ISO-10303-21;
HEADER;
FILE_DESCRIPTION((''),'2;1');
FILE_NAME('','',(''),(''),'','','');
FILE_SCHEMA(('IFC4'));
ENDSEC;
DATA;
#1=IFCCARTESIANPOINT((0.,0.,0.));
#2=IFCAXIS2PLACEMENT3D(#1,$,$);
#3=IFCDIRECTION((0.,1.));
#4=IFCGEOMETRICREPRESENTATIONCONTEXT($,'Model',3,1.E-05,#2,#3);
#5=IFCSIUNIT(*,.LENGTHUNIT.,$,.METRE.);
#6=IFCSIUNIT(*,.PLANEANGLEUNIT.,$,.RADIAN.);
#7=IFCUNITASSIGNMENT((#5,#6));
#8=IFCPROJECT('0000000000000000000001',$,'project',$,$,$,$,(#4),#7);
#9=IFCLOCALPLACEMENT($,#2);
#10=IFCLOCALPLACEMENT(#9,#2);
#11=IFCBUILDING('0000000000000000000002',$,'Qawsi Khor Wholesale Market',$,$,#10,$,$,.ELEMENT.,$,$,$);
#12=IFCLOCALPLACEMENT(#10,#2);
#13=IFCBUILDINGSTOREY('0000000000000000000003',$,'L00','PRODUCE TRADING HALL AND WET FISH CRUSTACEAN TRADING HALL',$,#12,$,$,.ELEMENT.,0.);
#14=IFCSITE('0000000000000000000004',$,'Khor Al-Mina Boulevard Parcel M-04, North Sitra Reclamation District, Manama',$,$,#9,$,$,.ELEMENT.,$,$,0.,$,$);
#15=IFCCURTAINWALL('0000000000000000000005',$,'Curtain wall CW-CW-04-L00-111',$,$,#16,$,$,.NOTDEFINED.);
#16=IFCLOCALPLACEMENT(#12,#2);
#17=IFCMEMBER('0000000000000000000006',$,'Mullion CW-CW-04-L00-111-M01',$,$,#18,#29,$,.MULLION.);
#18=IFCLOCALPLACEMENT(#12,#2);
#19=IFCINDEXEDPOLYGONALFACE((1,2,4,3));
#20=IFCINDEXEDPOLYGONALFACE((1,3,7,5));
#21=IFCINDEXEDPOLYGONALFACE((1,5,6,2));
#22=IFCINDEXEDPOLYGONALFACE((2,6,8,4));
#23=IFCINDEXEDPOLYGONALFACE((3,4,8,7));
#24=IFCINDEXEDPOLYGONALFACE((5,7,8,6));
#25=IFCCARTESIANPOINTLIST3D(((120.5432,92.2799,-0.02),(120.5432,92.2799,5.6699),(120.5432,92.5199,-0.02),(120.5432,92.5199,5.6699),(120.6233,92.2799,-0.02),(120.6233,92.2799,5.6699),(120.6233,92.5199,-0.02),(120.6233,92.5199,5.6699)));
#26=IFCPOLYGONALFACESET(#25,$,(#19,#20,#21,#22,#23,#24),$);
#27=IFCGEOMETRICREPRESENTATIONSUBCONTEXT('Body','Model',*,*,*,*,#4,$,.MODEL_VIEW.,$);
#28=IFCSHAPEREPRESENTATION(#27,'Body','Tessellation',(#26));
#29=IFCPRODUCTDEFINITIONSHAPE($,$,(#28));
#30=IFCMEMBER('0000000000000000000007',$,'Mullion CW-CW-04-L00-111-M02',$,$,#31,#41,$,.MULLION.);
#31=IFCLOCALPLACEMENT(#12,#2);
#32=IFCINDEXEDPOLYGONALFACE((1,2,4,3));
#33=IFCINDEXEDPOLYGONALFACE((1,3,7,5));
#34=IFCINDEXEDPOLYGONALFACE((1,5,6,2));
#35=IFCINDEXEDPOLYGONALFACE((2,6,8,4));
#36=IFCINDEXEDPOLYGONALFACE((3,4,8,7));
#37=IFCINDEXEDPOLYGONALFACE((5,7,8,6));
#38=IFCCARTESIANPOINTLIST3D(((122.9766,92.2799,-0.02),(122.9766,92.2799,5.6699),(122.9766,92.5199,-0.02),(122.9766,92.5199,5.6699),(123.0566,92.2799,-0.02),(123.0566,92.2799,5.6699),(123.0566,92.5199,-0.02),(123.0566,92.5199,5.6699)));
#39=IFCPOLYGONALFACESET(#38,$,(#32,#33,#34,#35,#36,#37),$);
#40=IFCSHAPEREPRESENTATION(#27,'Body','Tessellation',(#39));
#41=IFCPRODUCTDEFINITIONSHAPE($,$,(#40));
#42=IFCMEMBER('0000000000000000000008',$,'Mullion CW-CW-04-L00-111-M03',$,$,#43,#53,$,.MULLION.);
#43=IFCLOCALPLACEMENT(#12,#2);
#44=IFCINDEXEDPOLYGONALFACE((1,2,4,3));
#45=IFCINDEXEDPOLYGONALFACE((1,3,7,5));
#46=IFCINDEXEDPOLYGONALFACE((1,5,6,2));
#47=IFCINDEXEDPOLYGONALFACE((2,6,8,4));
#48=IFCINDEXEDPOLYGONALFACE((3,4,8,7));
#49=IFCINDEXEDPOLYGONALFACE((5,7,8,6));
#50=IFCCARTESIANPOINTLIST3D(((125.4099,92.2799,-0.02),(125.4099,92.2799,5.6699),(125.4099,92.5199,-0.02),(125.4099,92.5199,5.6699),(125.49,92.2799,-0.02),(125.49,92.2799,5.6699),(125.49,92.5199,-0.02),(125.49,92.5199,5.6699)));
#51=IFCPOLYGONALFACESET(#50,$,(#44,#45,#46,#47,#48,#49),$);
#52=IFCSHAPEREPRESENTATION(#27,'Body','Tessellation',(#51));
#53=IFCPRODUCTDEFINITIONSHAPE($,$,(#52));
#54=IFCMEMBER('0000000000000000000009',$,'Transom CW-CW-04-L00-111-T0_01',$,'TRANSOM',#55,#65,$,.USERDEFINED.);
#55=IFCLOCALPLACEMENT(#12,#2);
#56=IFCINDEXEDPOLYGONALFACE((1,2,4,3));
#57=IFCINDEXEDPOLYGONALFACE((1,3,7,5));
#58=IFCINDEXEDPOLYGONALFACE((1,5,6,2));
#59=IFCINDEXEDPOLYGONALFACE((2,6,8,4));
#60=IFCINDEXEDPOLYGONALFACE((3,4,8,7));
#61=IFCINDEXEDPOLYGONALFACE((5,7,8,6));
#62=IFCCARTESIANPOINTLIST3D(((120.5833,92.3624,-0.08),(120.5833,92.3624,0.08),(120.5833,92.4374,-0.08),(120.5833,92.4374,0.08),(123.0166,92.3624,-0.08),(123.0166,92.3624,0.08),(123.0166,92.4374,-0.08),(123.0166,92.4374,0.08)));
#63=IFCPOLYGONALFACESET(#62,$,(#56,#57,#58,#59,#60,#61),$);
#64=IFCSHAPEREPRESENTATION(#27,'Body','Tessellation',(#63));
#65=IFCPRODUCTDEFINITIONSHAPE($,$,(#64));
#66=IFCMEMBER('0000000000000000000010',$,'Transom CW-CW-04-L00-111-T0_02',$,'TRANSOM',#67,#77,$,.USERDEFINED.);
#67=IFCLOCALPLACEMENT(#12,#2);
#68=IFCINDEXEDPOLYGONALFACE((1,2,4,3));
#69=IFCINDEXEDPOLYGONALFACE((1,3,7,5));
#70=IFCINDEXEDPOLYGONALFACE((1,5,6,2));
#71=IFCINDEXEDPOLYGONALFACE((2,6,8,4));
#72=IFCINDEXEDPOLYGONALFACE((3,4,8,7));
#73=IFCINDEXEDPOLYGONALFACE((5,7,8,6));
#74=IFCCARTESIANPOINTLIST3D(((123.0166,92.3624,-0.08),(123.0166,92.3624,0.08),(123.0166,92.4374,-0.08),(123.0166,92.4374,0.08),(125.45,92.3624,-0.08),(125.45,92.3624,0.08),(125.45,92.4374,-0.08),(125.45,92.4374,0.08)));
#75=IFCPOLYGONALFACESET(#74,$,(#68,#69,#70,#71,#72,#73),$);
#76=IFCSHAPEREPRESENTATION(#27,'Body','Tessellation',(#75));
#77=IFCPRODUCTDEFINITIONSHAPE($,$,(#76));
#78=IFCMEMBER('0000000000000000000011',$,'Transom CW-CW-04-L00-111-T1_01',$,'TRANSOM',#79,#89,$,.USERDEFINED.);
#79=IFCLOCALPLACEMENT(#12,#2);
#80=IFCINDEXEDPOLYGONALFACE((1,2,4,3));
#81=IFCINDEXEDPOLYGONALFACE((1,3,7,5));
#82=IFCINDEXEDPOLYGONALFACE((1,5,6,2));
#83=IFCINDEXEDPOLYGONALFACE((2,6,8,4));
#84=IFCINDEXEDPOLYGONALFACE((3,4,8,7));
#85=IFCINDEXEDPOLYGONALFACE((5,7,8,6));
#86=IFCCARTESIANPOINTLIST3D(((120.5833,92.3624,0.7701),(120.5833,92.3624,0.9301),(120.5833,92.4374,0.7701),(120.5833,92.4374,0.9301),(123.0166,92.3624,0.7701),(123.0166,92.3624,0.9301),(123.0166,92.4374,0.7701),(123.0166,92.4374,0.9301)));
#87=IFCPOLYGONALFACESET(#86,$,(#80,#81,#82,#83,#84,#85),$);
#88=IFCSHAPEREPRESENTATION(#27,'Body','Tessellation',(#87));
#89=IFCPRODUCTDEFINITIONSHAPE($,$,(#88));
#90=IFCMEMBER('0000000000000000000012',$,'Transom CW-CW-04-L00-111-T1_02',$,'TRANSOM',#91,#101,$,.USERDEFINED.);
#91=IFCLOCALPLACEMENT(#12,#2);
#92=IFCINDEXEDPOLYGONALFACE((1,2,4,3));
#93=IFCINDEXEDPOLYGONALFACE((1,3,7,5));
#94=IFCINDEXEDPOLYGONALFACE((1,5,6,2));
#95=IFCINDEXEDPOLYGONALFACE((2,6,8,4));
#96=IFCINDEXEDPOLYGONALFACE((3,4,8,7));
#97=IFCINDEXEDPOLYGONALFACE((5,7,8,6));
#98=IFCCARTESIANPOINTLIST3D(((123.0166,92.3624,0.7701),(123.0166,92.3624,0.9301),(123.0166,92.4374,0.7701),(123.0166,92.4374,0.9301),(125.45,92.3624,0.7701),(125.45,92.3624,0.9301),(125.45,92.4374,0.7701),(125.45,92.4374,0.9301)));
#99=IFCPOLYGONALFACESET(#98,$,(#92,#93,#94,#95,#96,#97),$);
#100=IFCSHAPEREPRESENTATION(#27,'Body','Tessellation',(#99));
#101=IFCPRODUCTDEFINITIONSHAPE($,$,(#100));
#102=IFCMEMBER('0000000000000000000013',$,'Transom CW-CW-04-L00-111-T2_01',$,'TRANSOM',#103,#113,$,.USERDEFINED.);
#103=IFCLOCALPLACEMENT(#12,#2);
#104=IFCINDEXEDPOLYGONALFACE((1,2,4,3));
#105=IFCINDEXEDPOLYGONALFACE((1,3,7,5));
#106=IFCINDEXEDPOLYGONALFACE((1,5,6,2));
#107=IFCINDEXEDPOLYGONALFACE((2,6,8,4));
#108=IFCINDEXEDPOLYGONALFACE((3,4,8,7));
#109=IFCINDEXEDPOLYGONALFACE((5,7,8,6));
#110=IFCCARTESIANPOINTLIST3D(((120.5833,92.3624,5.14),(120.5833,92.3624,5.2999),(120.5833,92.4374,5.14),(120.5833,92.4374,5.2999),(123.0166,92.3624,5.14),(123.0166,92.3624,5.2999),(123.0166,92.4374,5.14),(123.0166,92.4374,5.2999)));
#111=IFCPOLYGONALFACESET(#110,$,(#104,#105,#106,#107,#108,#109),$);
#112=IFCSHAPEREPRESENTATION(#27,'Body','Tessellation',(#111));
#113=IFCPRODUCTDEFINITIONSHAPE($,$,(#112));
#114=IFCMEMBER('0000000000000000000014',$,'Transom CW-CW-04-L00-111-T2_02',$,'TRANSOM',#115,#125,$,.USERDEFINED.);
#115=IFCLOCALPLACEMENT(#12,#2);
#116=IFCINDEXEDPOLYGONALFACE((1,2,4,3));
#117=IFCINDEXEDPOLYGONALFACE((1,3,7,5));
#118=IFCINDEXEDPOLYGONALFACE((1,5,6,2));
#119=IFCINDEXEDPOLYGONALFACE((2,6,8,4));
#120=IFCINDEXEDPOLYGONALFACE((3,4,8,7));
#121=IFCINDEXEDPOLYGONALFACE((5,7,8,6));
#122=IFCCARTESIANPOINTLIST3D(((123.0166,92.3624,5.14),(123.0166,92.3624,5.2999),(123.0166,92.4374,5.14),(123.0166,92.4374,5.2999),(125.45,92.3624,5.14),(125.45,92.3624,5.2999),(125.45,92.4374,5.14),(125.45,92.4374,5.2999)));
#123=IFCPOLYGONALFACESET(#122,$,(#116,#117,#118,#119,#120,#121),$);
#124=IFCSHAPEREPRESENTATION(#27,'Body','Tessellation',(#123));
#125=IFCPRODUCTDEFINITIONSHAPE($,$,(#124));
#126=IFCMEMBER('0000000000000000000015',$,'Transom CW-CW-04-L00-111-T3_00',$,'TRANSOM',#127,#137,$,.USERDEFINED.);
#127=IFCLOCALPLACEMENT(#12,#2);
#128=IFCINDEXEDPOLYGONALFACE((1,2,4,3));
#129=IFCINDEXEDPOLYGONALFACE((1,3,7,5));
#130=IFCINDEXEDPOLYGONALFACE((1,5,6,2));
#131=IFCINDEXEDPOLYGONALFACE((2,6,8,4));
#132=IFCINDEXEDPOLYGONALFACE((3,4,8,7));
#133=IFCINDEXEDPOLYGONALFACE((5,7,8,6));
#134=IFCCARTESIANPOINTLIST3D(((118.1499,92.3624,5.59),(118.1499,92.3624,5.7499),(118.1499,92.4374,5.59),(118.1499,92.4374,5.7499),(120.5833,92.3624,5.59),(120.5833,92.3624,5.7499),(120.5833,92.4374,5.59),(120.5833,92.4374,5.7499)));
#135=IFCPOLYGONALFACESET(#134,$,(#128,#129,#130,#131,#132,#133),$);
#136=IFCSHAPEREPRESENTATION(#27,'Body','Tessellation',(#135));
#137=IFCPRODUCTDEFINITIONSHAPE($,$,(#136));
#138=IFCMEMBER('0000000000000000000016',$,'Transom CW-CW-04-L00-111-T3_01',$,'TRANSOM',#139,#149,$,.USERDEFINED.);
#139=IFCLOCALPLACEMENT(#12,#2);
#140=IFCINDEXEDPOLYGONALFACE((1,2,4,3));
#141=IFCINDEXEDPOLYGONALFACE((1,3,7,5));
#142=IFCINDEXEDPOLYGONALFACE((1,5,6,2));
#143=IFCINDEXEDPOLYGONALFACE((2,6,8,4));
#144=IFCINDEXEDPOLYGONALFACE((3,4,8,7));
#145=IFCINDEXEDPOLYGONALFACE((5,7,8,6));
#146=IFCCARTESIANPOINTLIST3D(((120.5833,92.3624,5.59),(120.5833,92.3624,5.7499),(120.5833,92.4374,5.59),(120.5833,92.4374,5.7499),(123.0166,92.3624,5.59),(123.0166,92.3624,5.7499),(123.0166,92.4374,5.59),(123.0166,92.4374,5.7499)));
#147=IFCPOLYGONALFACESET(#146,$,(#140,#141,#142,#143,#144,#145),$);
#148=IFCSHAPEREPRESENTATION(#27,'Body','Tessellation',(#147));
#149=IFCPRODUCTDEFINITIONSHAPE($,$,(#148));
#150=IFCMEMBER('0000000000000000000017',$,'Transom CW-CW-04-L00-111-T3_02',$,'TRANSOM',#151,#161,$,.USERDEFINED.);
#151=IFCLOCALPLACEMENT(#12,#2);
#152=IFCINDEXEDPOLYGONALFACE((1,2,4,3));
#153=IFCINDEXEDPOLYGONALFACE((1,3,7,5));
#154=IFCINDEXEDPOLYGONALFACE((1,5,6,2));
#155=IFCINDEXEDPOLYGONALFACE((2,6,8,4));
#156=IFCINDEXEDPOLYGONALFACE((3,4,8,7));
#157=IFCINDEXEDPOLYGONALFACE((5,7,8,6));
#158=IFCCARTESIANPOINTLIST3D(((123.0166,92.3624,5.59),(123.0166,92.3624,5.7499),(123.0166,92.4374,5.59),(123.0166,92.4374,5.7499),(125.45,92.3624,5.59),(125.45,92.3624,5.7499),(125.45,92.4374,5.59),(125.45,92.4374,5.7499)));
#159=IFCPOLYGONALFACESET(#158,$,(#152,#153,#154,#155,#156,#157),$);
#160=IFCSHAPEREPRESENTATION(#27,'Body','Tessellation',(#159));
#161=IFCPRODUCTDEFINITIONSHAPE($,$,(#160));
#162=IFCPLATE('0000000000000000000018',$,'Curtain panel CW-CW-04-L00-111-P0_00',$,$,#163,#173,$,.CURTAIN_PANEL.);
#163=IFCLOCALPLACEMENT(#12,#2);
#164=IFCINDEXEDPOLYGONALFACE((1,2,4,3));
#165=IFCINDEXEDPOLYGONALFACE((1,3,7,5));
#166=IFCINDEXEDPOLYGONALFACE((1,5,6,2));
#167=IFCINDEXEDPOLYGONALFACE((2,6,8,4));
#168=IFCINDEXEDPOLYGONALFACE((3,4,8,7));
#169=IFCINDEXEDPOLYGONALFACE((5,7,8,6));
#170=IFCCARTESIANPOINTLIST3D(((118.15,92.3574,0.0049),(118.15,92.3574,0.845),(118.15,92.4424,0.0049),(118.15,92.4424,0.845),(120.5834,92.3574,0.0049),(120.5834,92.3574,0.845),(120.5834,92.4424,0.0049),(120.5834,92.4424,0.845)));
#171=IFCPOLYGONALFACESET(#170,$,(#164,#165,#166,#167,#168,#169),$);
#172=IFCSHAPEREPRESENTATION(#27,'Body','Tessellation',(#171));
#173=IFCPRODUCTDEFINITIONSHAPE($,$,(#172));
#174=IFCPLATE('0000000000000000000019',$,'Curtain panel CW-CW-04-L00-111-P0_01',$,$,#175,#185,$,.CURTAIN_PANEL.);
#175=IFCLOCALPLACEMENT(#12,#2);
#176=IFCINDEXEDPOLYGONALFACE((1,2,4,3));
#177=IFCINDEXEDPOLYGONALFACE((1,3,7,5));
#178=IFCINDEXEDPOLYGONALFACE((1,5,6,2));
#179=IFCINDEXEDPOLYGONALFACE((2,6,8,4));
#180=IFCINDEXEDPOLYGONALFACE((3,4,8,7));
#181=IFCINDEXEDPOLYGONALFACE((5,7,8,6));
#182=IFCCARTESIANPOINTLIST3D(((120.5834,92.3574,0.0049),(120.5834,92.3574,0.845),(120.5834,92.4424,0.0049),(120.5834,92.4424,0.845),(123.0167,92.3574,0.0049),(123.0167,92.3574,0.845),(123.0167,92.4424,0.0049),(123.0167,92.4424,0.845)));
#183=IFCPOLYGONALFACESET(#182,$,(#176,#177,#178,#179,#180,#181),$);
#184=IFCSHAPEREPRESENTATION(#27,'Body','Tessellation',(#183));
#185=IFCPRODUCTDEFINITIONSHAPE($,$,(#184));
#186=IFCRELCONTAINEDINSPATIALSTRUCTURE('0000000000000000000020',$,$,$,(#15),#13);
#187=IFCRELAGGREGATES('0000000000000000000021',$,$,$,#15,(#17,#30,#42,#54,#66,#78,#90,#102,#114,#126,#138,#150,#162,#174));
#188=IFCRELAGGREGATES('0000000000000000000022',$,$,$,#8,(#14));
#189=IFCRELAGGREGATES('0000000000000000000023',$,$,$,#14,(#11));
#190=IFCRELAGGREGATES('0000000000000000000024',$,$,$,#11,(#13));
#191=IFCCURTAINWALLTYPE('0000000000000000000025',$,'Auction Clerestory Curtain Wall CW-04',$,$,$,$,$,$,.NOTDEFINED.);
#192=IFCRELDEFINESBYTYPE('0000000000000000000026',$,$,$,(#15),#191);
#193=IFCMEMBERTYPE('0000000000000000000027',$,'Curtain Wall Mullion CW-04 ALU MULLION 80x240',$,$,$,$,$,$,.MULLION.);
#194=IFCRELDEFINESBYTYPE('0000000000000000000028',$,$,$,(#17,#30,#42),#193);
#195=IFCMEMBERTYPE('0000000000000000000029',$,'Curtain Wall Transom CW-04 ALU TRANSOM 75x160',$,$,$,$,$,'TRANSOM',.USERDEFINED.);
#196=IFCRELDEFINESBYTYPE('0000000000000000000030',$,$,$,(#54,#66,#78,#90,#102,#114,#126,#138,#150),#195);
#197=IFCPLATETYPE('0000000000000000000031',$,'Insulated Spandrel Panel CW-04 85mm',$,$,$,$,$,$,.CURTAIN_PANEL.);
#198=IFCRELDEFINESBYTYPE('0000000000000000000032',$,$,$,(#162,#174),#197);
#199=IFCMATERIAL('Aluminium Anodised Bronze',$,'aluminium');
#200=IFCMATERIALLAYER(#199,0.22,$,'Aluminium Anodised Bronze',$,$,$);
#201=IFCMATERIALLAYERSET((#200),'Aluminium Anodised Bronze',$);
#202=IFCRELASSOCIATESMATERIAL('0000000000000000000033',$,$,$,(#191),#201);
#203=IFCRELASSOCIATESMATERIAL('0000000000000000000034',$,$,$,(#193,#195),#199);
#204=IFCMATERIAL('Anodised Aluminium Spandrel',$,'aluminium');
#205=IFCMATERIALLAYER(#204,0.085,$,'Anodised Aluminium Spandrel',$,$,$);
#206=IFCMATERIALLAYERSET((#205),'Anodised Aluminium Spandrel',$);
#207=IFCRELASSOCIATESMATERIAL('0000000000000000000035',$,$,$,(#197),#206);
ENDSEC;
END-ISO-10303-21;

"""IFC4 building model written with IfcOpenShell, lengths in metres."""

from ifc_helpers import new_model, si_unit, direction, frame, frame_2d, origin, origin_2d, place, context, subcontext, project, spatial, rectangle, extrude, material, layer, layer_set, material_profile, profile_set, type_object, element, aggregate, save


model = new_model("IFC4")

# Units and contexts
model_context = context("Model", 3, precision=1e-05, world=origin(), true_north=direction((0.0, 1.0)))
body_context = subcontext(model_context, "Body", "Model", "MODEL_VIEW")
ifc_project = project(units=[si_unit("LENGTHUNIT", "METRE"), si_unit("PLANEANGLEUNIT", "RADIAN")], contexts=[model_context])

# Site, building, storey
site_placement = place(None, origin())
site = spatial("IfcSite", under=ifc_project, at=site_placement, Name="Khor Al-Mina Boulevard Parcel M-04, North Sitra Reclamation District, Manama", CompositionType="ELEMENT", RefElevation=0.0)
building_placement = place(site_placement, origin())
building = spatial("IfcBuilding", under=site, at=building_placement, Name="Qawsi Khor Wholesale Market", CompositionType="ELEMENT")
storey_placement = place(building_placement, origin())
storey = spatial("IfcBuildingStorey", under=building, at=storey_placement, Name="L00", Description="PRODUCE TRADING HALL AND WET FISH CRUSTACEAN TRADING HALL", CompositionType="ELEMENT", Elevation=0.0)

# Curtain wall, members, plates
ifc_material_1 = material(Name="Aluminium Anodised Bronze", Category="aluminium")
ifc_layer_1 = layer(ifc_material_1, 0.22, Name="Aluminium Anodised Bronze")
ifc_layer_set_1 = layer_set([ifc_layer_1], Name="Aluminium Anodised Bronze")
curtain_wall_type = type_object("IfcCurtainWallType", Name="Auction Clerestory Curtain Wall CW-04", PredefinedType="NOTDEFINED", material=ifc_layer_set_1)
curtain_wall_placement = place(storey_placement, origin())
curtain_wall = element("IfcCurtainWall", 1, at=curtain_wall_placement, inside=storey, type_object=curtain_wall_type, Name="Curtain wall CW-CW-04-L00-111", PredefinedType="NOTDEFINED")
ifc_material_profile_1 = material_profile(ifc_material_1, rectangle(XDim=0.0801, YDim=0.24, at=origin_2d()), Name="ALU MULLION 80x240")
ifc_profile_set_1 = profile_set([ifc_material_profile_1], Name="Aluminium Anodised Bronze")
member_type_1 = type_object("IfcMemberType", Name="Curtain Wall Mullion CW-04 ALU MULLION 80x240", PredefinedType="MULLION", material=ifc_profile_set_1)
member_1_placement = place(storey_placement, frame((120.5833, 92.3999, -0.02), z_axis=(0.0, 0.0, 1.0), x_axis=(1.0, 0.0, 0.0)))
member_1 = element("IfcMember", 2, at=member_1_placement, type_object=member_type_1, Name="Mullion CW-CW-04-L00-111-M01", PredefinedType="MULLION", context=body_context, shape_type="SweptSolid", body=[
    extrude(rectangle(XDim=0.0801, YDim=0.24, at=origin_2d()), origin(), (0.0, 0.0, 1.0), 5.6899),
])
member_2_placement = place(storey_placement, frame((123.0166, 92.3999, -0.02), z_axis=(0.0, 0.0, 1.0), x_axis=(1.0, 0.0, 0.0)))
member_2 = element("IfcMember", 3, at=member_2_placement, type_object=member_type_1, Name="Mullion CW-CW-04-L00-111-M02", PredefinedType="MULLION", context=body_context, shape_type="SweptSolid", body=[
    extrude(rectangle(XDim=0.0801, YDim=0.24, at=origin_2d()), origin(), (0.0, 0.0, 1.0), 5.6899),
])
member_3_placement = place(storey_placement, frame((125.45, 92.3999, -0.02), z_axis=(0.0, 0.0, 1.0), x_axis=(1.0, 0.0, 0.0)))
member_3 = element("IfcMember", 4, at=member_3_placement, type_object=member_type_1, Name="Mullion CW-CW-04-L00-111-M03", PredefinedType="MULLION", context=body_context, shape_type="SweptSolid", body=[
    extrude(rectangle(XDim=0.0801, YDim=0.24, at=origin_2d()), origin(), (0.0, 0.0, 1.0), 5.6899),
])
ifc_material_profile_2 = material_profile(ifc_material_1, rectangle(XDim=0.075, YDim=0.1599, at=origin_2d()), Name="ALU TRANSOM 75x160")
ifc_profile_set_2 = profile_set([ifc_material_profile_2], Name="Aluminium Anodised Bronze")
member_type_2 = type_object("IfcMemberType", Name="Curtain Wall Transom CW-04 ALU TRANSOM 75x160", ElementType="TRANSOM", PredefinedType="USERDEFINED", material=ifc_profile_set_2)
member_4_placement = place(storey_placement, frame((120.5833, 92.3999, 0.0), z_axis=(1.0, 0.0, 0.0), x_axis=(0.0, 1.0, 0.0)))
member_4 = element("IfcMember", 5, at=member_4_placement, type_object=member_type_2, Name="Transom CW-CW-04-L00-111-T0_01", ObjectType="TRANSOM", PredefinedType="USERDEFINED", context=body_context, shape_type="SweptSolid", body=[
    extrude(rectangle(XDim=0.075, YDim=0.1599, at=origin_2d()), origin(), (0.0, 0.0, 1.0), 2.4333),
])
member_5_placement = place(storey_placement, frame((123.0166, 92.3999, 0.0), z_axis=(1.0, 0.0, 0.0), x_axis=(0.0, 1.0, 0.0)))
member_5 = element("IfcMember", 6, at=member_5_placement, type_object=member_type_2, Name="Transom CW-CW-04-L00-111-T0_02", ObjectType="TRANSOM", PredefinedType="USERDEFINED", context=body_context, shape_type="SweptSolid", body=[
    extrude(rectangle(XDim=0.075, YDim=0.1599, at=origin_2d()), origin(), (0.0, 0.0, 1.0), 2.4333),
])
member_6_placement = place(storey_placement, frame((120.5833, 92.3999, 0.8501), z_axis=(1.0, 0.0, 0.0), x_axis=(0.0, 1.0, 0.0)))
member_6 = element("IfcMember", 7, at=member_6_placement, type_object=member_type_2, Name="Transom CW-CW-04-L00-111-T1_01", ObjectType="TRANSOM", PredefinedType="USERDEFINED", context=body_context, shape_type="SweptSolid", body=[
    extrude(rectangle(XDim=0.075, YDim=0.1599, at=origin_2d()), origin(), (0.0, 0.0, 1.0), 2.4333),
])
member_7_placement = place(storey_placement, frame((123.0166, 92.3999, 0.8501), z_axis=(1.0, 0.0, 0.0), x_axis=(0.0, 1.0, 0.0)))
member_7 = element("IfcMember", 8, at=member_7_placement, type_object=member_type_2, Name="Transom CW-CW-04-L00-111-T1_02", ObjectType="TRANSOM", PredefinedType="USERDEFINED", context=body_context, shape_type="SweptSolid", body=[
    extrude(rectangle(XDim=0.075, YDim=0.1599, at=origin_2d()), origin(), (0.0, 0.0, 1.0), 2.4333),
])
member_8_placement = place(storey_placement, frame((120.5833, 92.3999, 5.22), z_axis=(1.0, 0.0, 0.0), x_axis=(0.0, 1.0, 0.0)))
member_8 = element("IfcMember", 9, at=member_8_placement, type_object=member_type_2, Name="Transom CW-CW-04-L00-111-T2_01", ObjectType="TRANSOM", PredefinedType="USERDEFINED", context=body_context, shape_type="SweptSolid", body=[
    extrude(rectangle(XDim=0.075, YDim=0.1599, at=origin_2d()), origin(), (0.0, 0.0, 1.0), 2.4333),
])
member_9_placement = place(storey_placement, frame((123.0166, 92.3999, 5.22), z_axis=(1.0, 0.0, 0.0), x_axis=(0.0, 1.0, 0.0)))
member_9 = element("IfcMember", 10, at=member_9_placement, type_object=member_type_2, Name="Transom CW-CW-04-L00-111-T2_02", ObjectType="TRANSOM", PredefinedType="USERDEFINED", context=body_context, shape_type="SweptSolid", body=[
    extrude(rectangle(XDim=0.075, YDim=0.1599, at=origin_2d()), origin(), (0.0, 0.0, 1.0), 2.4333),
])
member_10_placement = place(storey_placement, frame((118.1499, 92.3999, 5.6699), z_axis=(1.0, 0.0, 0.0), x_axis=(0.0, 1.0, 0.0)))
member_10 = element("IfcMember", 11, at=member_10_placement, type_object=member_type_2, Name="Transom CW-CW-04-L00-111-T3_00", ObjectType="TRANSOM", PredefinedType="USERDEFINED", context=body_context, shape_type="SweptSolid", body=[
    extrude(rectangle(XDim=0.075, YDim=0.1599, at=origin_2d()), origin(), (0.0, 0.0, 1.0), 2.4333),
])
member_11_placement = place(storey_placement, frame((120.5833, 92.3999, 5.6699), z_axis=(1.0, 0.0, 0.0), x_axis=(0.0, 1.0, 0.0)))
member_11 = element("IfcMember", 12, at=member_11_placement, type_object=member_type_2, Name="Transom CW-CW-04-L00-111-T3_01", ObjectType="TRANSOM", PredefinedType="USERDEFINED", context=body_context, shape_type="SweptSolid", body=[
    extrude(rectangle(XDim=0.075, YDim=0.1599, at=origin_2d()), origin(), (0.0, 0.0, 1.0), 2.4333),
])
member_12_placement = place(storey_placement, frame((123.0166, 92.3999, 5.6699), z_axis=(1.0, 0.0, 0.0), x_axis=(0.0, 1.0, 0.0)))
member_12 = element("IfcMember", 13, at=member_12_placement, type_object=member_type_2, Name="Transom CW-CW-04-L00-111-T3_02", ObjectType="TRANSOM", PredefinedType="USERDEFINED", context=body_context, shape_type="SweptSolid", body=[
    extrude(rectangle(XDim=0.075, YDim=0.1599, at=origin_2d()), origin(), (0.0, 0.0, 1.0), 2.4333),
])
ifc_material_2 = material(Name="Anodised Aluminium Spandrel", Category="aluminium")
ifc_layer_2 = layer(ifc_material_2, 0.085, Name="Anodised Aluminium Spandrel")
ifc_layer_set_2 = layer_set([ifc_layer_2], Name="Anodised Aluminium Spandrel")
plate_type_1 = type_object("IfcPlateType", Name="Insulated Spandrel Panel CW-04 85mm", PredefinedType="CURTAIN_PANEL", material=ifc_layer_set_2)
plate_1_placement = place(storey_placement, frame((118.1499, 92.3999, 0.0049), z_axis=(0.0, 0.0, 1.0), x_axis=(1.0, 0.0, 0.0)))
plate_1 = element("IfcPlate", 14, at=plate_1_placement, type_object=plate_type_1, Name="Curtain panel CW-CW-04-L00-111-P0_00", PredefinedType="CURTAIN_PANEL", context=body_context, shape_type="SweptSolid", body=[
    extrude(rectangle(XDim=2.4333, YDim=0.085, at=frame_2d((1.2168, 0.0))), origin(), (0.0, 0.0, 1.0), 0.8401),
])
plate_2_placement = place(storey_placement, frame((120.5833, 92.3999, 0.0049), z_axis=(0.0, 0.0, 1.0), x_axis=(1.0, 0.0, 0.0)))
plate_2 = element("IfcPlate", 15, at=plate_2_placement, type_object=plate_type_1, Name="Curtain panel CW-CW-04-L00-111-P0_01", PredefinedType="CURTAIN_PANEL", context=body_context, shape_type="SweptSolid", body=[
    extrude(rectangle(XDim=2.4333, YDim=0.085, at=frame_2d((1.2168, 0.0))), origin(), (0.0, 0.0, 1.0), 0.8401),
])
aggregate(curtain_wall, [member_1, member_2, member_3, member_4, member_5, member_6, member_7, member_8, member_9, member_10, member_11, member_12, plate_1, plate_2])

save(model, "model.ifc")
